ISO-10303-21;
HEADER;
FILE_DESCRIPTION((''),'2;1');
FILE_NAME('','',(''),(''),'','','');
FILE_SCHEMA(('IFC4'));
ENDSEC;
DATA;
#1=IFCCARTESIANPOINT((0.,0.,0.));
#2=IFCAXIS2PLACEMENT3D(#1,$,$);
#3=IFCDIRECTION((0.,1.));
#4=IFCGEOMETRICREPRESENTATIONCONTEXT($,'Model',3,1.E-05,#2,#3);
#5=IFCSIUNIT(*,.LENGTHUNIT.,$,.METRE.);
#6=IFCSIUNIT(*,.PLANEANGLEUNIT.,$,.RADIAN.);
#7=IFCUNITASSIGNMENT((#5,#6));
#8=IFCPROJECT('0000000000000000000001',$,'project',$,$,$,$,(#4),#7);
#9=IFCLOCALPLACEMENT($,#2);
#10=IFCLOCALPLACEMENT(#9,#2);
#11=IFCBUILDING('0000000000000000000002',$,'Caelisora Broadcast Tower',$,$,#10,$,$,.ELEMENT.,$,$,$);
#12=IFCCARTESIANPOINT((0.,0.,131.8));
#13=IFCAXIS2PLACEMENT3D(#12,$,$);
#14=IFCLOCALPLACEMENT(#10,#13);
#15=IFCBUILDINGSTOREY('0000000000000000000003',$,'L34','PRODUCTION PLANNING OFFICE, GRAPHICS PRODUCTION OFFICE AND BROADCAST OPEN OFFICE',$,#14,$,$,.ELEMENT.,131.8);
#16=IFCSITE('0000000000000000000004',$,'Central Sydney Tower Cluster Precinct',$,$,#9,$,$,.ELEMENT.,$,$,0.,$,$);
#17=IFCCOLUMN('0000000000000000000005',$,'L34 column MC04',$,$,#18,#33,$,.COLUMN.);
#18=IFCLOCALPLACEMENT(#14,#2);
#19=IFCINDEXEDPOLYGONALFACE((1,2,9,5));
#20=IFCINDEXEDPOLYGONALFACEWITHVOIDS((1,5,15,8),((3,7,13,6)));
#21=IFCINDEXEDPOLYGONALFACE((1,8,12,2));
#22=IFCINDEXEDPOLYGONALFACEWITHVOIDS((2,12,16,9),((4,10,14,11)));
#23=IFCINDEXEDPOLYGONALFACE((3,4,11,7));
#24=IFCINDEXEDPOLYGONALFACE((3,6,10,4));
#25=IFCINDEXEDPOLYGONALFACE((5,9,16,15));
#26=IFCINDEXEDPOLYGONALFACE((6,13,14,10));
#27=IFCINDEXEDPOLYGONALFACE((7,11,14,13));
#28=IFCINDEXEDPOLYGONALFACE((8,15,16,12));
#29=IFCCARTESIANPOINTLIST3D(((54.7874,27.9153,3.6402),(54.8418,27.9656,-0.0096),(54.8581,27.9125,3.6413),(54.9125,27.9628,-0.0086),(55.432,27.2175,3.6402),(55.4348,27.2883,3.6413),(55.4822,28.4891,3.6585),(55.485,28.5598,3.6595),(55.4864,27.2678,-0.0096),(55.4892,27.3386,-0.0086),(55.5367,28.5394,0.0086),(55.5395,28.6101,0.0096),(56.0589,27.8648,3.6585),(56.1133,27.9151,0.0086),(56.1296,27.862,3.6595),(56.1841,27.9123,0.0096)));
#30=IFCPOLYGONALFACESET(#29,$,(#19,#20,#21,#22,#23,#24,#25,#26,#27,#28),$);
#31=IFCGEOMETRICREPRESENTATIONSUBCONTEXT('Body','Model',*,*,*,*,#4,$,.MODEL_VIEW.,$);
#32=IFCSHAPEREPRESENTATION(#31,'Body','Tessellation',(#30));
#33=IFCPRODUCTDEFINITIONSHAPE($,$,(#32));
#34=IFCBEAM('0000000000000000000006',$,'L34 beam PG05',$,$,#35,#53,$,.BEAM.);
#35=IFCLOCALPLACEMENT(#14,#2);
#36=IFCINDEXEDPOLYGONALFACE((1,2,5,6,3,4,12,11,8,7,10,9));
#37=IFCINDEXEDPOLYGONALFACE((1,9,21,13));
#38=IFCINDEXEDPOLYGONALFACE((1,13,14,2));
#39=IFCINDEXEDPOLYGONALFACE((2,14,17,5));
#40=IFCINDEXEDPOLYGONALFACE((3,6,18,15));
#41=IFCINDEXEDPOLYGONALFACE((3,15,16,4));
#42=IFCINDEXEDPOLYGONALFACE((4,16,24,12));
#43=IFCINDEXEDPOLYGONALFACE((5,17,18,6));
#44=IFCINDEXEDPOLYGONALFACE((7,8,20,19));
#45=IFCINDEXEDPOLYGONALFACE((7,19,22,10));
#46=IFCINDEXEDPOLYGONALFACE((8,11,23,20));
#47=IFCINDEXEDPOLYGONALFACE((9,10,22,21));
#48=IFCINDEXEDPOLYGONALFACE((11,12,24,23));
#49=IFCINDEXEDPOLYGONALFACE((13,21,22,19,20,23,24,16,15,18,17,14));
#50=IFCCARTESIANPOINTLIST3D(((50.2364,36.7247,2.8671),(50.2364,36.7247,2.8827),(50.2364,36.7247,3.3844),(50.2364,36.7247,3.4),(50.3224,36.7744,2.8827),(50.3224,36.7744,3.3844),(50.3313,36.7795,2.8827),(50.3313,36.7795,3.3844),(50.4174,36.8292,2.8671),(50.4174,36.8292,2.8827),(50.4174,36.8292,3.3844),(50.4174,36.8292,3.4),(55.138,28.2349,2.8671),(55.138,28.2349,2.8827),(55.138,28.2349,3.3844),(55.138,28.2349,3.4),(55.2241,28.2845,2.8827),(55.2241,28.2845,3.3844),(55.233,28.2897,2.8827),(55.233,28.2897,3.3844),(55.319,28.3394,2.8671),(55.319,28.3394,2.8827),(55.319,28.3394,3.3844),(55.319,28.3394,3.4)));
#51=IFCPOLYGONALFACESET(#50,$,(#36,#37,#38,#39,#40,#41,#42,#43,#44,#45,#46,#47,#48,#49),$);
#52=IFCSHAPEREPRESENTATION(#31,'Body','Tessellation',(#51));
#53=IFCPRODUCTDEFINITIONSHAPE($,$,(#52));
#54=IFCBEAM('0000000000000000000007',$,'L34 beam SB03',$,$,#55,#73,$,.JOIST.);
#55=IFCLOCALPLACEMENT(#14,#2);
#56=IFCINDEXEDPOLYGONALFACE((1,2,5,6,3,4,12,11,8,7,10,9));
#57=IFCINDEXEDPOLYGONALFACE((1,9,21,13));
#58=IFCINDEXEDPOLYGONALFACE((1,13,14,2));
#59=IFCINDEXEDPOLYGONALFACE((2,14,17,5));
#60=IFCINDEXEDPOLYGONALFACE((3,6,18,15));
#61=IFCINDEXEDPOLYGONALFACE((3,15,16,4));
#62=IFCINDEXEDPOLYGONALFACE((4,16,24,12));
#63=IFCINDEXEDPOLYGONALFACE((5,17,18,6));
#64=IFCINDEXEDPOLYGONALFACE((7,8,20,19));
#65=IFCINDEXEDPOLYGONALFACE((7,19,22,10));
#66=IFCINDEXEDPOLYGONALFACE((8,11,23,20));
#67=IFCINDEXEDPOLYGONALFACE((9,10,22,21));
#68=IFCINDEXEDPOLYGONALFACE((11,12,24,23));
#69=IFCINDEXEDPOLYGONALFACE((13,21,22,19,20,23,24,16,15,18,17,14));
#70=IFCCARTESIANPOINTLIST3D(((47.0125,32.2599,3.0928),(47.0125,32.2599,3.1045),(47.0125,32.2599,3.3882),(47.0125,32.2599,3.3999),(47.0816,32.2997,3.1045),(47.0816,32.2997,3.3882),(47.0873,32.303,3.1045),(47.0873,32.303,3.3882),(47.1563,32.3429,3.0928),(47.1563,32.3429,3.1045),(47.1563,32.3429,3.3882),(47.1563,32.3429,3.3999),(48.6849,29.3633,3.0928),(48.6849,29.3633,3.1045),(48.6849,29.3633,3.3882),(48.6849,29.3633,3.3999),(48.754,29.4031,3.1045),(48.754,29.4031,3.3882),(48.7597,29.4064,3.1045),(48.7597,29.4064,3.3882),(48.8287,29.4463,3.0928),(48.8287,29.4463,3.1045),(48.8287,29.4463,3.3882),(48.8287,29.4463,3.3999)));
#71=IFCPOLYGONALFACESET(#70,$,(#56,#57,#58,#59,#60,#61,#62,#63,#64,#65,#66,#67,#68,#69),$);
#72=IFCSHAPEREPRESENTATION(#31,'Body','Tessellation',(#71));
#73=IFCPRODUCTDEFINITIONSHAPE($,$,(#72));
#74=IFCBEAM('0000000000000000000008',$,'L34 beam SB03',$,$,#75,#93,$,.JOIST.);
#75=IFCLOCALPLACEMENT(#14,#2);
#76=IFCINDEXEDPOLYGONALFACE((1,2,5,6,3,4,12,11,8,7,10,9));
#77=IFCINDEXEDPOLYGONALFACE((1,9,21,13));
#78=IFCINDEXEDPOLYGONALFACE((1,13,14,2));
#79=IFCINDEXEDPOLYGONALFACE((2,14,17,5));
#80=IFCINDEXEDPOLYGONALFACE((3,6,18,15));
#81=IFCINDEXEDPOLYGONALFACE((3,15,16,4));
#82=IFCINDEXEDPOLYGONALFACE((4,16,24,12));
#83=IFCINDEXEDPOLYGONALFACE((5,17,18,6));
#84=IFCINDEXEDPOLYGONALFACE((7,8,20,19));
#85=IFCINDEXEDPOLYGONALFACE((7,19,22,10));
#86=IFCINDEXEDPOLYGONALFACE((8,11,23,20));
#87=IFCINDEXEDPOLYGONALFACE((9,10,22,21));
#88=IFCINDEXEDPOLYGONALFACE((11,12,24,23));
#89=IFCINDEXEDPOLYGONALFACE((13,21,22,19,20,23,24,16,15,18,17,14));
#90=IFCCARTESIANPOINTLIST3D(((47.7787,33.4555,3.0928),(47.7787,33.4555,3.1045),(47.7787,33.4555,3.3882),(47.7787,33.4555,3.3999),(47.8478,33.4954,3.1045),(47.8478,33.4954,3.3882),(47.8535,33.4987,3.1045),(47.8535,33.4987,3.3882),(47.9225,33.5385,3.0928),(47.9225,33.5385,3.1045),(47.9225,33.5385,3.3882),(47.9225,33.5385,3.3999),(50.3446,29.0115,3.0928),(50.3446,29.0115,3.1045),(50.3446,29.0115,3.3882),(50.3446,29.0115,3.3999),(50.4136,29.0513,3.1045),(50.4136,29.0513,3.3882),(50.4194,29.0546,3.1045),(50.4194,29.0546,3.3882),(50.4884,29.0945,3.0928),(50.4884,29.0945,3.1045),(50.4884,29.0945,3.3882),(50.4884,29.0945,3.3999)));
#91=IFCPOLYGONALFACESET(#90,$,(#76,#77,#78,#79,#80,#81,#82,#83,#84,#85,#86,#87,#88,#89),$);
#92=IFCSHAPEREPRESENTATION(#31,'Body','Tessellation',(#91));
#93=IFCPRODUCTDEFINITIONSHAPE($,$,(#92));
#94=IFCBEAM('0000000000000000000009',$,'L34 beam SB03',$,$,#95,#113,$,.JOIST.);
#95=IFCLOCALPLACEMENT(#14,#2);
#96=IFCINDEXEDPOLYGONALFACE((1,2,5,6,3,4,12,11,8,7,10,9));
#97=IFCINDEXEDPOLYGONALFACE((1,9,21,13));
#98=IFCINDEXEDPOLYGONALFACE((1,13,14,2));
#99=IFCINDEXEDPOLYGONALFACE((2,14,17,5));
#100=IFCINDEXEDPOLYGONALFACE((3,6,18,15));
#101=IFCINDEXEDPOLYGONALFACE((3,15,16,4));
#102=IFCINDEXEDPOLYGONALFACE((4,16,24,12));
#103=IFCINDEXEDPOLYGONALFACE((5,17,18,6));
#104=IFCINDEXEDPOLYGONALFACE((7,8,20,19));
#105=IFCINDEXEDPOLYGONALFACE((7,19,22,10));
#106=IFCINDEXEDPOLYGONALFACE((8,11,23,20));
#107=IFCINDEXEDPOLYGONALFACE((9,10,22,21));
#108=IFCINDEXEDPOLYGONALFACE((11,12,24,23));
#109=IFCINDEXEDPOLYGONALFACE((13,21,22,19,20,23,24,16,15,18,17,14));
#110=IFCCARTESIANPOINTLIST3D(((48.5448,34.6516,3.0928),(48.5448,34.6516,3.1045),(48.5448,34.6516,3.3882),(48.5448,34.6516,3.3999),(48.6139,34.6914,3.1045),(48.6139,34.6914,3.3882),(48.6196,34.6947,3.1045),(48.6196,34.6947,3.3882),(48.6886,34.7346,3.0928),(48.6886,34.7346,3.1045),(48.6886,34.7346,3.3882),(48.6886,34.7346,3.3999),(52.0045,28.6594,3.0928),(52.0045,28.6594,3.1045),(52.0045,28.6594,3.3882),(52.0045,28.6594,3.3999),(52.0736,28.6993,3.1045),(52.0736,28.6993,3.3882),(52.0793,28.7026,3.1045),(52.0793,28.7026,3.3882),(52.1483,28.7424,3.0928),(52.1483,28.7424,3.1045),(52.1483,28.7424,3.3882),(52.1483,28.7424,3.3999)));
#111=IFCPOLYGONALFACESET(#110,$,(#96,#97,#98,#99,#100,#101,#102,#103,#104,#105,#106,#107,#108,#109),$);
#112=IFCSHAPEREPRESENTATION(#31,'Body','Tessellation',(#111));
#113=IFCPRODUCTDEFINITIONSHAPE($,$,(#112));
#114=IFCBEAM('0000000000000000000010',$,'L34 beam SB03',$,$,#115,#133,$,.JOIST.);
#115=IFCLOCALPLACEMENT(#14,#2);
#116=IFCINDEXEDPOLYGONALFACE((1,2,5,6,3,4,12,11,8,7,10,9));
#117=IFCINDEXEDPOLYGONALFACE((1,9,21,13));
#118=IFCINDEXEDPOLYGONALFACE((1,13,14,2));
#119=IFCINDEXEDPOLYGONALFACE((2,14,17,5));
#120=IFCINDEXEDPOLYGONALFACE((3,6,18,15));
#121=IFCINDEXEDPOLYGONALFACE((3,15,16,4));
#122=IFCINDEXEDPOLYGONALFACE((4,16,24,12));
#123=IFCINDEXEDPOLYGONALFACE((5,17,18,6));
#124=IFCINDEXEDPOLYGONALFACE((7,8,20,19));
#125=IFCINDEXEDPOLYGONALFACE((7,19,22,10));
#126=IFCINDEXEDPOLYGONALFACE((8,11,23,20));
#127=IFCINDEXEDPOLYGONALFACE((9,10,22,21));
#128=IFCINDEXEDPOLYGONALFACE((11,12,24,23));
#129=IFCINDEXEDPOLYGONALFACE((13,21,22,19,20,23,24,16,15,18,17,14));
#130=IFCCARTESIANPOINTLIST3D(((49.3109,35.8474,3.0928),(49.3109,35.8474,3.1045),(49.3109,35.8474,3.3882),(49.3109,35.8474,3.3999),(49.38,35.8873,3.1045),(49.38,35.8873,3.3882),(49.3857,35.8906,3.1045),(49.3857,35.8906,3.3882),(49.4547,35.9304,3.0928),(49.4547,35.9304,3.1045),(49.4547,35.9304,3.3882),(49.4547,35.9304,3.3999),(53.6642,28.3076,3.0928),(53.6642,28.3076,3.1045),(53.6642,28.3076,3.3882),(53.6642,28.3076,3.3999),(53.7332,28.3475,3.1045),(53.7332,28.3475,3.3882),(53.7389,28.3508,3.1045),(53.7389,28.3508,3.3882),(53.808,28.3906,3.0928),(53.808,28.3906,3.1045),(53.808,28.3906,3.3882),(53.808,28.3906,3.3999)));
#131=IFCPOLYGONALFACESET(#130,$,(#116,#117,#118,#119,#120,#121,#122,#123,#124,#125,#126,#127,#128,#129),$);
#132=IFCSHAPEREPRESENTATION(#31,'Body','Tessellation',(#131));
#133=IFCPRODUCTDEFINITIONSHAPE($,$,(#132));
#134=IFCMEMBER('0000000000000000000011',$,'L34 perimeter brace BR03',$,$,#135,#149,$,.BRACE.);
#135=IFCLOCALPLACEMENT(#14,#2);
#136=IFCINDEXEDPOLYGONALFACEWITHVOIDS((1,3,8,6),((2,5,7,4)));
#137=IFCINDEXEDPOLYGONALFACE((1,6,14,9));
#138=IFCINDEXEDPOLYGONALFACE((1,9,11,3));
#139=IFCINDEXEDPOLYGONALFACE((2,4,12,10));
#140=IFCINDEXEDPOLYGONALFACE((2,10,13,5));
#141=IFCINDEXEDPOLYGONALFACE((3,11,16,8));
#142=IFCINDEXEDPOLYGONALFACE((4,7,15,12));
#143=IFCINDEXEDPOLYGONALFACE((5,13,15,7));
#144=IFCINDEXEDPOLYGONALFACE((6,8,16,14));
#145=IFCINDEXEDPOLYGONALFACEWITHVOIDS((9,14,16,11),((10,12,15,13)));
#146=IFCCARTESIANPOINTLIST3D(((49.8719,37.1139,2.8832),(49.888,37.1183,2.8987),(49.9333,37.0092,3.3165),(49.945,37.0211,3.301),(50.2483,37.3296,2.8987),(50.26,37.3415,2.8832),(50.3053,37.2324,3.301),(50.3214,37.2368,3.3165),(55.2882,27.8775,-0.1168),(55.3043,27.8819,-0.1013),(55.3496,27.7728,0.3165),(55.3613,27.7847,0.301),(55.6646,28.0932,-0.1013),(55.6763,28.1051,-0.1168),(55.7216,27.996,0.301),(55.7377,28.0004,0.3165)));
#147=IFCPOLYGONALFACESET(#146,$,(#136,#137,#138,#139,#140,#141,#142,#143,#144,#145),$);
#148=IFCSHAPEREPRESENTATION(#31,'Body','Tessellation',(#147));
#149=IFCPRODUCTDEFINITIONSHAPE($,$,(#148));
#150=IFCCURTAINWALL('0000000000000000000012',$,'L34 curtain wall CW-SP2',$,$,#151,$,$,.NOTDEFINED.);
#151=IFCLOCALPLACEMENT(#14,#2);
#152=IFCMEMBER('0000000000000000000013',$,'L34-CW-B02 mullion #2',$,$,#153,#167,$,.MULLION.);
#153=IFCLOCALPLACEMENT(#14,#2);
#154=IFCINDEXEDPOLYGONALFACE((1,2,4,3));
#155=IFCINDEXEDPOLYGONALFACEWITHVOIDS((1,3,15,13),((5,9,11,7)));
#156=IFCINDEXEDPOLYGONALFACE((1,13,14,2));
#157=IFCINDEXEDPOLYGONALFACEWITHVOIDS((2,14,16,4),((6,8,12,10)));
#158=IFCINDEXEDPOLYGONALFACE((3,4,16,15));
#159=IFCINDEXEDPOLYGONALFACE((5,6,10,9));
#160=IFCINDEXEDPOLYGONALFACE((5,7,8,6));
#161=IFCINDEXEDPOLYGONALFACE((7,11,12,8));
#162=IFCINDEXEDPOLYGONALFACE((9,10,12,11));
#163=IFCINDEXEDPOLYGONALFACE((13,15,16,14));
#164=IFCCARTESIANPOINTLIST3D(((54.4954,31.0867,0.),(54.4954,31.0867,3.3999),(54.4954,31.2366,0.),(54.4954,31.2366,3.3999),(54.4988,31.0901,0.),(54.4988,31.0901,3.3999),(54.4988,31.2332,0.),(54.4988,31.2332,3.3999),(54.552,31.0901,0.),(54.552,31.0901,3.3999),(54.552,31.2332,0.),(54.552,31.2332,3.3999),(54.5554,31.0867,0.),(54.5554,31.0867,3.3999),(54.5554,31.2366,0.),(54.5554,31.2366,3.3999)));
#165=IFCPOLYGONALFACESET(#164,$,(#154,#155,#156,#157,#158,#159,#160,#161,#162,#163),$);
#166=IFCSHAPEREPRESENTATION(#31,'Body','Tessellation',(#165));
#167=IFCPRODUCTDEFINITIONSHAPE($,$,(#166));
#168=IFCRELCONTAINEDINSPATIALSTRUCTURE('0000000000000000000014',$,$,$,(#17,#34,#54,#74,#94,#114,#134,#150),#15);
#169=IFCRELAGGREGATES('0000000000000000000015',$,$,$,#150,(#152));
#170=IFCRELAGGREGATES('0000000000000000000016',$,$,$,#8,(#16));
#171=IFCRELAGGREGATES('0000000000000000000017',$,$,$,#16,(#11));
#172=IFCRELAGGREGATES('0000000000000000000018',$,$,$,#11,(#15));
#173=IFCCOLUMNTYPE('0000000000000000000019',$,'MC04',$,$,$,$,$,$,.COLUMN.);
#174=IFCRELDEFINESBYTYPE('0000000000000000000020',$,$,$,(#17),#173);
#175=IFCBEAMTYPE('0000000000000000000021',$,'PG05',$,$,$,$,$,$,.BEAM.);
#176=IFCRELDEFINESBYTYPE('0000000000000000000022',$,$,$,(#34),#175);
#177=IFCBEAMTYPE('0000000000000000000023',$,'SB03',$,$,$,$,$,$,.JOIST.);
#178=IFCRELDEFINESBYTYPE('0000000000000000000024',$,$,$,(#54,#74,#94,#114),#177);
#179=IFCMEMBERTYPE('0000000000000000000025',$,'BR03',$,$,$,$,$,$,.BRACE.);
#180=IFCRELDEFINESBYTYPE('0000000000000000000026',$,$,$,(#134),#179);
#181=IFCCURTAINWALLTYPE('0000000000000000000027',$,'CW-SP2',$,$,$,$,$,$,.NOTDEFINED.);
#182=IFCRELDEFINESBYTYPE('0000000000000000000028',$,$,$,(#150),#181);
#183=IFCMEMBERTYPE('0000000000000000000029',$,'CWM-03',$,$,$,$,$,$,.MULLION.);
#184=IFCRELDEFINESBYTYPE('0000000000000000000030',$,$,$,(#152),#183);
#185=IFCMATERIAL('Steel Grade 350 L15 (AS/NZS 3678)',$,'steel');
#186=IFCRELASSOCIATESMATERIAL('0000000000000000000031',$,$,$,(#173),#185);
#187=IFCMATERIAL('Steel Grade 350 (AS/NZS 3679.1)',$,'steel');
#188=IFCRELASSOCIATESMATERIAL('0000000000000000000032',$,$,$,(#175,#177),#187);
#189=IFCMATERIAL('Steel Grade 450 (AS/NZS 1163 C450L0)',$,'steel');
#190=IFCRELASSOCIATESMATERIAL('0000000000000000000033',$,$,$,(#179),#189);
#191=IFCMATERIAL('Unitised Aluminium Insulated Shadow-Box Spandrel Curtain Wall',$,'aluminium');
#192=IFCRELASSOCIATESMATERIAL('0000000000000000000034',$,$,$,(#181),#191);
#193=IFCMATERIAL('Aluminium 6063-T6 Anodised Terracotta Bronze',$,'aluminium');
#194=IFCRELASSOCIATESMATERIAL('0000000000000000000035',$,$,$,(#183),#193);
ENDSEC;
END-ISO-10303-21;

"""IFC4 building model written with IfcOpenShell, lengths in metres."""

from ifc_helpers import new_model, si_unit, direction, frame, origin, origin_2d, place, context, subcontext, project, spatial, hollow_rectangle, i_section, extrude, source, transform, mapped, material, material_profile, profile_set, type_object, type_shapes, element, aggregate, save


model = new_model("IFC4")

# Units and contexts
model_context = context("Model", 3, precision=1e-05, world=origin(), true_north=direction((0.0, 1.0)))
body_context = subcontext(model_context, "Body", "Model", "MODEL_VIEW")
ifc_project = project(units=[si_unit("LENGTHUNIT", "METRE"), si_unit("PLANEANGLEUNIT", "RADIAN")], contexts=[model_context])

# Site, building, storey
site_placement = place(None, origin())
site = spatial("IfcSite", under=ifc_project, at=site_placement, Name="Central Sydney Tower Cluster Precinct", CompositionType="ELEMENT", RefElevation=0.0)
building_placement = place(site_placement, origin())
building = spatial("IfcBuilding", under=site, at=building_placement, Name="Caelisora Broadcast Tower", CompositionType="ELEMENT")
storey_placement = place(building_placement, frame((0.0, 0.0, 131.8)))
storey = spatial("IfcBuildingStorey", under=building, at=storey_placement, Name="L34", Description="PRODUCTION PLANNING OFFICE, GRAPHICS PRODUCTION OFFICE AND BROADCAST OPEN OFFICE", CompositionType="ELEMENT", Elevation=131.8)

# Column
ifc_material_1 = material(Name="Steel Grade 350 L15 (AS/NZS 3678)", Category="steel")
ifc_material_profile_1 = material_profile(ifc_material_1, hollow_rectangle(XDim=0.95, YDim=0.95, WallThickness=0.05, at=origin_2d()), Name="Steel Grade 350 L15 (AS/NZS 3678)")
ifc_profile_set_1 = profile_set([ifc_material_profile_1], Name="Steel Grade 350 L15 (AS/NZS 3678)")
column_type = type_object("IfcColumnType", Name="MC04", PredefinedType="COLUMN", material=ifc_profile_set_1)
shared_shape_1 = source(origin(), body_context, "Body", "SweptSolid", [
    extrude(hollow_rectangle(XDim=0.95, YDim=0.95, WallThickness=0.05, at=origin_2d()), origin(), (0.0, 0.0, 1.0), 3.6506),
])
type_shapes(column_type, [shared_shape_1])
column_placement = place(storey_placement, frame((55.5129, 27.939, 0.0), z_axis=(-0.014913, -0.013776, 0.999794), x_axis=(0.678554, -0.734551, 0.0)))
element("IfcColumn", 1, at=column_placement, inside=storey, type_object=column_type, Name="L34 column MC04", PredefinedType="COLUMN", context=body_context, shape_type="MappedRepresentation", body=[
    mapped(shared_shape_1, transform((0.0, 0.0, 0.0), scale=1.0)),
])

# Beams
ifc_material_2 = material(Name="Steel Grade 350 (AS/NZS 3679.1)", Category="steel")
ifc_material_profile_2 = material_profile(ifc_material_2, i_section(OverallWidth=0.209, OverallDepth=0.533, WebThickness=0.0103, FlangeThickness=0.0156, at=origin_2d()), Name="Steel Grade 350 (AS/NZS 3679.1)")
ifc_profile_set_2 = profile_set([ifc_material_profile_2], Name="Steel Grade 350 (AS/NZS 3679.1)")
beam_type_1 = type_object("IfcBeamType", Name="PG05", PredefinedType="BEAM", material=ifc_profile_set_2)
shared_shape_2 = source(origin(), body_context, "Body", "SweptSolid", [
    extrude(i_section(OverallWidth=0.209, OverallDepth=0.533, WebThickness=0.0103, FlangeThickness=0.0156, at=origin_2d()), origin(), (0.0, 0.0, 1.0), 9.8032),
])
type_shapes(beam_type_1, [shared_shape_2])
beam_1_placement = place(storey_placement, frame((55.2285, 28.2871, 3.1335), z_axis=(-0.500004, 0.866023, 0.0), x_axis=(-0.866023, -0.500004, 0.0)))
element("IfcBeam", 2, at=beam_1_placement, inside=storey, type_object=beam_type_1, Name="L34 beam PG05", PredefinedType="BEAM", context=body_context, shape_type="MappedRepresentation", body=[
    mapped(shared_shape_2, transform((0.0, 0.0, 0.0), scale=1.0)),
])
ifc_material_profile_3 = material_profile(ifc_material_2, i_section(OverallWidth=0.166, OverallDepth=0.3071, WebThickness=0.0066, FlangeThickness=0.0117, at=origin_2d()), Name="Steel Grade 350 (AS/NZS 3679.1)")
ifc_profile_set_3 = profile_set([ifc_material_profile_3], Name="Steel Grade 350 (AS/NZS 3679.1)")
beam_type_2 = type_object("IfcBeamType", Name="SB03", PredefinedType="JOIST", material=ifc_profile_set_3)
shared_shape_3 = source(origin(), body_context, "Body", "SweptSolid", [
    extrude(i_section(OverallWidth=0.166, OverallDepth=0.3071, WebThickness=0.0066, FlangeThickness=0.0117, at=origin_2d()), origin(), (0.0, 0.0, 1.0), 3.3447),
])
beam_2_placement = place(storey_placement, frame((48.7568, 29.4048, 3.2463), z_axis=(-0.500017, 0.866015, 0.0), x_axis=(-0.866015, -0.500017, 0.0)))
element("IfcBeam", 3, at=beam_2_placement, inside=storey, type_object=beam_type_2, Name="L34 beam SB03", PredefinedType="JOIST", context=body_context, shape_type="MappedRepresentation", body=[
    mapped(shared_shape_3, transform((0.0, 0.0, 0.0), scale=1.0)),
])
shared_shape_4 = source(origin(), body_context, "Body", "SweptSolid", [
    extrude(i_section(OverallWidth=0.166, OverallDepth=0.3071, WebThickness=0.0066, FlangeThickness=0.0117, at=origin_2d()), origin(), (0.0, 0.0, 1.0), 5.1316),
])
beam_3_placement = place(storey_placement, frame((50.4165, 29.053, 3.2463), z_axis=(-0.500018, 0.866015, 0.0), x_axis=(-0.866015, -0.500018, 0.0)))
element("IfcBeam", 4, at=beam_3_placement, inside=storey, type_object=beam_type_2, Name="L34 beam SB03", PredefinedType="JOIST", context=body_context, shape_type="MappedRepresentation", body=[
    mapped(shared_shape_4, transform((0.0, 0.0, 0.0), scale=1.0)),
])
shared_shape_5 = source(origin(), body_context, "Body", "SweptSolid", [
    extrude(i_section(OverallWidth=0.166, OverallDepth=0.3071, WebThickness=0.0066, FlangeThickness=0.0117, at=origin_2d()), origin(), (0.0, 0.0, 1.0), 6.9192),
])
beam_4_placement = place(storey_placement, frame((52.0764, 28.7009, 3.2463), z_axis=(-0.500014, 0.866018, 0.0), x_axis=(-0.866018, -0.500014, 0.0)))
element("IfcBeam", 5, at=beam_4_placement, inside=storey, type_object=beam_type_2, Name="L34 beam SB03", PredefinedType="JOIST", context=body_context, shape_type="MappedRepresentation", body=[
    mapped(shared_shape_5, transform((0.0, 0.0, 0.0), scale=1.0)),
])
shared_shape_6 = source(origin(), body_context, "Body", "SweptSolid", [
    extrude(i_section(OverallWidth=0.166, OverallDepth=0.3071, WebThickness=0.0066, FlangeThickness=0.0117, at=origin_2d()), origin(), (0.0, 0.0, 1.0), 8.7063),
])
type_shapes(beam_type_2, [shared_shape_3, shared_shape_4, shared_shape_5, shared_shape_6])
beam_5_placement = place(storey_placement, frame((53.7361, 28.3491, 3.2463), z_axis=(-0.500015, 0.866017, 0.0), x_axis=(-0.866017, -0.500015, 0.0)))
element("IfcBeam", 6, at=beam_5_placement, inside=storey, type_object=beam_type_2, Name="L34 beam SB03", PredefinedType="JOIST", context=body_context, shape_type="MappedRepresentation", body=[
    mapped(shared_shape_6, transform((0.0, 0.0, 0.0), scale=1.0)),
])

# Member
ifc_material_3 = material(Name="Steel Grade 450 (AS/NZS 1163 C450L0)", Category="steel")
ifc_material_profile_4 = material_profile(ifc_material_3, hollow_rectangle(XDim=0.45, YDim=0.45, WallThickness=0.0161, at=origin_2d()), Name="Steel Grade 450 (AS/NZS 1163 C450L0)")
ifc_profile_set_4 = profile_set([ifc_material_profile_4], Name="Steel Grade 450 (AS/NZS 1163 C450L0)")
member_type_1 = type_object("IfcMemberType", Name="BR03", PredefinedType="BRACE", material=ifc_profile_set_4)
shared_shape_7 = source(origin(), body_context, "Body", "SweptSolid", [
    extrude(hollow_rectangle(XDim=0.45, YDim=0.45, WallThickness=0.0161, at=origin_2d()), origin(), (0.0, 0.0, 1.0), 11.1196),
])
type_shapes(member_type_1, [shared_shape_7])
member_1_placement = place(storey_placement, frame((55.5129, 27.939, 0.0999), z_axis=(-0.487091, 0.830635, 0.269794), x_axis=(-0.862622, -0.505849, 0.0)))
element("IfcMember", 7, at=member_1_placement, inside=storey, type_object=member_type_1, Name="L34 perimeter brace BR03", PredefinedType="BRACE", context=body_context, shape_type="MappedRepresentation", body=[
    mapped(shared_shape_7, transform((0.0, 0.0, 0.0), scale=1.0)),
])

# Curtain wall, member
ifc_material_4 = material(Name="Unitised Aluminium Insulated Shadow-Box Spandrel Curtain Wall", Category="aluminium")
curtain_wall_type_1 = type_object("IfcCurtainWallType", Name="CW-SP2", PredefinedType="NOTDEFINED", material=ifc_material_4)
curtain_wall_1_placement = place(storey_placement, origin())
curtain_wall_1 = element("IfcCurtainWall", 8, at=curtain_wall_1_placement, inside=storey, type_object=curtain_wall_type_1, Name="L34 curtain wall CW-SP2", PredefinedType="NOTDEFINED")
ifc_material_5 = material(Name="Aluminium 6063-T6 Anodised Terracotta Bronze", Category="aluminium")
ifc_material_profile_5 = material_profile(ifc_material_5, hollow_rectangle(XDim=0.0601, YDim=0.1499, WallThickness=0.0034, at=origin_2d()), Name="Aluminium 6063-T6 Anodised Terracotta Bronze")
ifc_profile_set_5 = profile_set([ifc_material_profile_5], Name="Aluminium 6063-T6 Anodised Terracotta Bronze")
member_type_2 = type_object("IfcMemberType", Name="CWM-03", PredefinedType="MULLION", material=ifc_profile_set_5)
shared_shape_8 = source(origin(), body_context, "Body", "SweptSolid", [
    extrude(hollow_rectangle(XDim=0.0601, YDim=0.1499, WallThickness=0.0034, at=origin_2d()), origin(), (0.0, 0.0, 1.0), 3.3999),
])
type_shapes(member_type_2, [shared_shape_8])
member_2_placement = place(storey_placement, frame((54.5254, 31.1616, 0.0), z_axis=(0.0, 0.0, 1.0), x_axis=(1.0, 0.0, 0.0)))
member_2 = element("IfcMember", 9, at=member_2_placement, type_object=member_type_2, Name="L34-CW-B02 mullion #2", PredefinedType="MULLION", context=body_context, shape_type="MappedRepresentation", body=[
    mapped(shared_shape_8, transform((0.0, 0.0, 0.0), scale=1.0)),
])

aggregate(curtain_wall_1, [member_2])

save(model, "model.ifc")
